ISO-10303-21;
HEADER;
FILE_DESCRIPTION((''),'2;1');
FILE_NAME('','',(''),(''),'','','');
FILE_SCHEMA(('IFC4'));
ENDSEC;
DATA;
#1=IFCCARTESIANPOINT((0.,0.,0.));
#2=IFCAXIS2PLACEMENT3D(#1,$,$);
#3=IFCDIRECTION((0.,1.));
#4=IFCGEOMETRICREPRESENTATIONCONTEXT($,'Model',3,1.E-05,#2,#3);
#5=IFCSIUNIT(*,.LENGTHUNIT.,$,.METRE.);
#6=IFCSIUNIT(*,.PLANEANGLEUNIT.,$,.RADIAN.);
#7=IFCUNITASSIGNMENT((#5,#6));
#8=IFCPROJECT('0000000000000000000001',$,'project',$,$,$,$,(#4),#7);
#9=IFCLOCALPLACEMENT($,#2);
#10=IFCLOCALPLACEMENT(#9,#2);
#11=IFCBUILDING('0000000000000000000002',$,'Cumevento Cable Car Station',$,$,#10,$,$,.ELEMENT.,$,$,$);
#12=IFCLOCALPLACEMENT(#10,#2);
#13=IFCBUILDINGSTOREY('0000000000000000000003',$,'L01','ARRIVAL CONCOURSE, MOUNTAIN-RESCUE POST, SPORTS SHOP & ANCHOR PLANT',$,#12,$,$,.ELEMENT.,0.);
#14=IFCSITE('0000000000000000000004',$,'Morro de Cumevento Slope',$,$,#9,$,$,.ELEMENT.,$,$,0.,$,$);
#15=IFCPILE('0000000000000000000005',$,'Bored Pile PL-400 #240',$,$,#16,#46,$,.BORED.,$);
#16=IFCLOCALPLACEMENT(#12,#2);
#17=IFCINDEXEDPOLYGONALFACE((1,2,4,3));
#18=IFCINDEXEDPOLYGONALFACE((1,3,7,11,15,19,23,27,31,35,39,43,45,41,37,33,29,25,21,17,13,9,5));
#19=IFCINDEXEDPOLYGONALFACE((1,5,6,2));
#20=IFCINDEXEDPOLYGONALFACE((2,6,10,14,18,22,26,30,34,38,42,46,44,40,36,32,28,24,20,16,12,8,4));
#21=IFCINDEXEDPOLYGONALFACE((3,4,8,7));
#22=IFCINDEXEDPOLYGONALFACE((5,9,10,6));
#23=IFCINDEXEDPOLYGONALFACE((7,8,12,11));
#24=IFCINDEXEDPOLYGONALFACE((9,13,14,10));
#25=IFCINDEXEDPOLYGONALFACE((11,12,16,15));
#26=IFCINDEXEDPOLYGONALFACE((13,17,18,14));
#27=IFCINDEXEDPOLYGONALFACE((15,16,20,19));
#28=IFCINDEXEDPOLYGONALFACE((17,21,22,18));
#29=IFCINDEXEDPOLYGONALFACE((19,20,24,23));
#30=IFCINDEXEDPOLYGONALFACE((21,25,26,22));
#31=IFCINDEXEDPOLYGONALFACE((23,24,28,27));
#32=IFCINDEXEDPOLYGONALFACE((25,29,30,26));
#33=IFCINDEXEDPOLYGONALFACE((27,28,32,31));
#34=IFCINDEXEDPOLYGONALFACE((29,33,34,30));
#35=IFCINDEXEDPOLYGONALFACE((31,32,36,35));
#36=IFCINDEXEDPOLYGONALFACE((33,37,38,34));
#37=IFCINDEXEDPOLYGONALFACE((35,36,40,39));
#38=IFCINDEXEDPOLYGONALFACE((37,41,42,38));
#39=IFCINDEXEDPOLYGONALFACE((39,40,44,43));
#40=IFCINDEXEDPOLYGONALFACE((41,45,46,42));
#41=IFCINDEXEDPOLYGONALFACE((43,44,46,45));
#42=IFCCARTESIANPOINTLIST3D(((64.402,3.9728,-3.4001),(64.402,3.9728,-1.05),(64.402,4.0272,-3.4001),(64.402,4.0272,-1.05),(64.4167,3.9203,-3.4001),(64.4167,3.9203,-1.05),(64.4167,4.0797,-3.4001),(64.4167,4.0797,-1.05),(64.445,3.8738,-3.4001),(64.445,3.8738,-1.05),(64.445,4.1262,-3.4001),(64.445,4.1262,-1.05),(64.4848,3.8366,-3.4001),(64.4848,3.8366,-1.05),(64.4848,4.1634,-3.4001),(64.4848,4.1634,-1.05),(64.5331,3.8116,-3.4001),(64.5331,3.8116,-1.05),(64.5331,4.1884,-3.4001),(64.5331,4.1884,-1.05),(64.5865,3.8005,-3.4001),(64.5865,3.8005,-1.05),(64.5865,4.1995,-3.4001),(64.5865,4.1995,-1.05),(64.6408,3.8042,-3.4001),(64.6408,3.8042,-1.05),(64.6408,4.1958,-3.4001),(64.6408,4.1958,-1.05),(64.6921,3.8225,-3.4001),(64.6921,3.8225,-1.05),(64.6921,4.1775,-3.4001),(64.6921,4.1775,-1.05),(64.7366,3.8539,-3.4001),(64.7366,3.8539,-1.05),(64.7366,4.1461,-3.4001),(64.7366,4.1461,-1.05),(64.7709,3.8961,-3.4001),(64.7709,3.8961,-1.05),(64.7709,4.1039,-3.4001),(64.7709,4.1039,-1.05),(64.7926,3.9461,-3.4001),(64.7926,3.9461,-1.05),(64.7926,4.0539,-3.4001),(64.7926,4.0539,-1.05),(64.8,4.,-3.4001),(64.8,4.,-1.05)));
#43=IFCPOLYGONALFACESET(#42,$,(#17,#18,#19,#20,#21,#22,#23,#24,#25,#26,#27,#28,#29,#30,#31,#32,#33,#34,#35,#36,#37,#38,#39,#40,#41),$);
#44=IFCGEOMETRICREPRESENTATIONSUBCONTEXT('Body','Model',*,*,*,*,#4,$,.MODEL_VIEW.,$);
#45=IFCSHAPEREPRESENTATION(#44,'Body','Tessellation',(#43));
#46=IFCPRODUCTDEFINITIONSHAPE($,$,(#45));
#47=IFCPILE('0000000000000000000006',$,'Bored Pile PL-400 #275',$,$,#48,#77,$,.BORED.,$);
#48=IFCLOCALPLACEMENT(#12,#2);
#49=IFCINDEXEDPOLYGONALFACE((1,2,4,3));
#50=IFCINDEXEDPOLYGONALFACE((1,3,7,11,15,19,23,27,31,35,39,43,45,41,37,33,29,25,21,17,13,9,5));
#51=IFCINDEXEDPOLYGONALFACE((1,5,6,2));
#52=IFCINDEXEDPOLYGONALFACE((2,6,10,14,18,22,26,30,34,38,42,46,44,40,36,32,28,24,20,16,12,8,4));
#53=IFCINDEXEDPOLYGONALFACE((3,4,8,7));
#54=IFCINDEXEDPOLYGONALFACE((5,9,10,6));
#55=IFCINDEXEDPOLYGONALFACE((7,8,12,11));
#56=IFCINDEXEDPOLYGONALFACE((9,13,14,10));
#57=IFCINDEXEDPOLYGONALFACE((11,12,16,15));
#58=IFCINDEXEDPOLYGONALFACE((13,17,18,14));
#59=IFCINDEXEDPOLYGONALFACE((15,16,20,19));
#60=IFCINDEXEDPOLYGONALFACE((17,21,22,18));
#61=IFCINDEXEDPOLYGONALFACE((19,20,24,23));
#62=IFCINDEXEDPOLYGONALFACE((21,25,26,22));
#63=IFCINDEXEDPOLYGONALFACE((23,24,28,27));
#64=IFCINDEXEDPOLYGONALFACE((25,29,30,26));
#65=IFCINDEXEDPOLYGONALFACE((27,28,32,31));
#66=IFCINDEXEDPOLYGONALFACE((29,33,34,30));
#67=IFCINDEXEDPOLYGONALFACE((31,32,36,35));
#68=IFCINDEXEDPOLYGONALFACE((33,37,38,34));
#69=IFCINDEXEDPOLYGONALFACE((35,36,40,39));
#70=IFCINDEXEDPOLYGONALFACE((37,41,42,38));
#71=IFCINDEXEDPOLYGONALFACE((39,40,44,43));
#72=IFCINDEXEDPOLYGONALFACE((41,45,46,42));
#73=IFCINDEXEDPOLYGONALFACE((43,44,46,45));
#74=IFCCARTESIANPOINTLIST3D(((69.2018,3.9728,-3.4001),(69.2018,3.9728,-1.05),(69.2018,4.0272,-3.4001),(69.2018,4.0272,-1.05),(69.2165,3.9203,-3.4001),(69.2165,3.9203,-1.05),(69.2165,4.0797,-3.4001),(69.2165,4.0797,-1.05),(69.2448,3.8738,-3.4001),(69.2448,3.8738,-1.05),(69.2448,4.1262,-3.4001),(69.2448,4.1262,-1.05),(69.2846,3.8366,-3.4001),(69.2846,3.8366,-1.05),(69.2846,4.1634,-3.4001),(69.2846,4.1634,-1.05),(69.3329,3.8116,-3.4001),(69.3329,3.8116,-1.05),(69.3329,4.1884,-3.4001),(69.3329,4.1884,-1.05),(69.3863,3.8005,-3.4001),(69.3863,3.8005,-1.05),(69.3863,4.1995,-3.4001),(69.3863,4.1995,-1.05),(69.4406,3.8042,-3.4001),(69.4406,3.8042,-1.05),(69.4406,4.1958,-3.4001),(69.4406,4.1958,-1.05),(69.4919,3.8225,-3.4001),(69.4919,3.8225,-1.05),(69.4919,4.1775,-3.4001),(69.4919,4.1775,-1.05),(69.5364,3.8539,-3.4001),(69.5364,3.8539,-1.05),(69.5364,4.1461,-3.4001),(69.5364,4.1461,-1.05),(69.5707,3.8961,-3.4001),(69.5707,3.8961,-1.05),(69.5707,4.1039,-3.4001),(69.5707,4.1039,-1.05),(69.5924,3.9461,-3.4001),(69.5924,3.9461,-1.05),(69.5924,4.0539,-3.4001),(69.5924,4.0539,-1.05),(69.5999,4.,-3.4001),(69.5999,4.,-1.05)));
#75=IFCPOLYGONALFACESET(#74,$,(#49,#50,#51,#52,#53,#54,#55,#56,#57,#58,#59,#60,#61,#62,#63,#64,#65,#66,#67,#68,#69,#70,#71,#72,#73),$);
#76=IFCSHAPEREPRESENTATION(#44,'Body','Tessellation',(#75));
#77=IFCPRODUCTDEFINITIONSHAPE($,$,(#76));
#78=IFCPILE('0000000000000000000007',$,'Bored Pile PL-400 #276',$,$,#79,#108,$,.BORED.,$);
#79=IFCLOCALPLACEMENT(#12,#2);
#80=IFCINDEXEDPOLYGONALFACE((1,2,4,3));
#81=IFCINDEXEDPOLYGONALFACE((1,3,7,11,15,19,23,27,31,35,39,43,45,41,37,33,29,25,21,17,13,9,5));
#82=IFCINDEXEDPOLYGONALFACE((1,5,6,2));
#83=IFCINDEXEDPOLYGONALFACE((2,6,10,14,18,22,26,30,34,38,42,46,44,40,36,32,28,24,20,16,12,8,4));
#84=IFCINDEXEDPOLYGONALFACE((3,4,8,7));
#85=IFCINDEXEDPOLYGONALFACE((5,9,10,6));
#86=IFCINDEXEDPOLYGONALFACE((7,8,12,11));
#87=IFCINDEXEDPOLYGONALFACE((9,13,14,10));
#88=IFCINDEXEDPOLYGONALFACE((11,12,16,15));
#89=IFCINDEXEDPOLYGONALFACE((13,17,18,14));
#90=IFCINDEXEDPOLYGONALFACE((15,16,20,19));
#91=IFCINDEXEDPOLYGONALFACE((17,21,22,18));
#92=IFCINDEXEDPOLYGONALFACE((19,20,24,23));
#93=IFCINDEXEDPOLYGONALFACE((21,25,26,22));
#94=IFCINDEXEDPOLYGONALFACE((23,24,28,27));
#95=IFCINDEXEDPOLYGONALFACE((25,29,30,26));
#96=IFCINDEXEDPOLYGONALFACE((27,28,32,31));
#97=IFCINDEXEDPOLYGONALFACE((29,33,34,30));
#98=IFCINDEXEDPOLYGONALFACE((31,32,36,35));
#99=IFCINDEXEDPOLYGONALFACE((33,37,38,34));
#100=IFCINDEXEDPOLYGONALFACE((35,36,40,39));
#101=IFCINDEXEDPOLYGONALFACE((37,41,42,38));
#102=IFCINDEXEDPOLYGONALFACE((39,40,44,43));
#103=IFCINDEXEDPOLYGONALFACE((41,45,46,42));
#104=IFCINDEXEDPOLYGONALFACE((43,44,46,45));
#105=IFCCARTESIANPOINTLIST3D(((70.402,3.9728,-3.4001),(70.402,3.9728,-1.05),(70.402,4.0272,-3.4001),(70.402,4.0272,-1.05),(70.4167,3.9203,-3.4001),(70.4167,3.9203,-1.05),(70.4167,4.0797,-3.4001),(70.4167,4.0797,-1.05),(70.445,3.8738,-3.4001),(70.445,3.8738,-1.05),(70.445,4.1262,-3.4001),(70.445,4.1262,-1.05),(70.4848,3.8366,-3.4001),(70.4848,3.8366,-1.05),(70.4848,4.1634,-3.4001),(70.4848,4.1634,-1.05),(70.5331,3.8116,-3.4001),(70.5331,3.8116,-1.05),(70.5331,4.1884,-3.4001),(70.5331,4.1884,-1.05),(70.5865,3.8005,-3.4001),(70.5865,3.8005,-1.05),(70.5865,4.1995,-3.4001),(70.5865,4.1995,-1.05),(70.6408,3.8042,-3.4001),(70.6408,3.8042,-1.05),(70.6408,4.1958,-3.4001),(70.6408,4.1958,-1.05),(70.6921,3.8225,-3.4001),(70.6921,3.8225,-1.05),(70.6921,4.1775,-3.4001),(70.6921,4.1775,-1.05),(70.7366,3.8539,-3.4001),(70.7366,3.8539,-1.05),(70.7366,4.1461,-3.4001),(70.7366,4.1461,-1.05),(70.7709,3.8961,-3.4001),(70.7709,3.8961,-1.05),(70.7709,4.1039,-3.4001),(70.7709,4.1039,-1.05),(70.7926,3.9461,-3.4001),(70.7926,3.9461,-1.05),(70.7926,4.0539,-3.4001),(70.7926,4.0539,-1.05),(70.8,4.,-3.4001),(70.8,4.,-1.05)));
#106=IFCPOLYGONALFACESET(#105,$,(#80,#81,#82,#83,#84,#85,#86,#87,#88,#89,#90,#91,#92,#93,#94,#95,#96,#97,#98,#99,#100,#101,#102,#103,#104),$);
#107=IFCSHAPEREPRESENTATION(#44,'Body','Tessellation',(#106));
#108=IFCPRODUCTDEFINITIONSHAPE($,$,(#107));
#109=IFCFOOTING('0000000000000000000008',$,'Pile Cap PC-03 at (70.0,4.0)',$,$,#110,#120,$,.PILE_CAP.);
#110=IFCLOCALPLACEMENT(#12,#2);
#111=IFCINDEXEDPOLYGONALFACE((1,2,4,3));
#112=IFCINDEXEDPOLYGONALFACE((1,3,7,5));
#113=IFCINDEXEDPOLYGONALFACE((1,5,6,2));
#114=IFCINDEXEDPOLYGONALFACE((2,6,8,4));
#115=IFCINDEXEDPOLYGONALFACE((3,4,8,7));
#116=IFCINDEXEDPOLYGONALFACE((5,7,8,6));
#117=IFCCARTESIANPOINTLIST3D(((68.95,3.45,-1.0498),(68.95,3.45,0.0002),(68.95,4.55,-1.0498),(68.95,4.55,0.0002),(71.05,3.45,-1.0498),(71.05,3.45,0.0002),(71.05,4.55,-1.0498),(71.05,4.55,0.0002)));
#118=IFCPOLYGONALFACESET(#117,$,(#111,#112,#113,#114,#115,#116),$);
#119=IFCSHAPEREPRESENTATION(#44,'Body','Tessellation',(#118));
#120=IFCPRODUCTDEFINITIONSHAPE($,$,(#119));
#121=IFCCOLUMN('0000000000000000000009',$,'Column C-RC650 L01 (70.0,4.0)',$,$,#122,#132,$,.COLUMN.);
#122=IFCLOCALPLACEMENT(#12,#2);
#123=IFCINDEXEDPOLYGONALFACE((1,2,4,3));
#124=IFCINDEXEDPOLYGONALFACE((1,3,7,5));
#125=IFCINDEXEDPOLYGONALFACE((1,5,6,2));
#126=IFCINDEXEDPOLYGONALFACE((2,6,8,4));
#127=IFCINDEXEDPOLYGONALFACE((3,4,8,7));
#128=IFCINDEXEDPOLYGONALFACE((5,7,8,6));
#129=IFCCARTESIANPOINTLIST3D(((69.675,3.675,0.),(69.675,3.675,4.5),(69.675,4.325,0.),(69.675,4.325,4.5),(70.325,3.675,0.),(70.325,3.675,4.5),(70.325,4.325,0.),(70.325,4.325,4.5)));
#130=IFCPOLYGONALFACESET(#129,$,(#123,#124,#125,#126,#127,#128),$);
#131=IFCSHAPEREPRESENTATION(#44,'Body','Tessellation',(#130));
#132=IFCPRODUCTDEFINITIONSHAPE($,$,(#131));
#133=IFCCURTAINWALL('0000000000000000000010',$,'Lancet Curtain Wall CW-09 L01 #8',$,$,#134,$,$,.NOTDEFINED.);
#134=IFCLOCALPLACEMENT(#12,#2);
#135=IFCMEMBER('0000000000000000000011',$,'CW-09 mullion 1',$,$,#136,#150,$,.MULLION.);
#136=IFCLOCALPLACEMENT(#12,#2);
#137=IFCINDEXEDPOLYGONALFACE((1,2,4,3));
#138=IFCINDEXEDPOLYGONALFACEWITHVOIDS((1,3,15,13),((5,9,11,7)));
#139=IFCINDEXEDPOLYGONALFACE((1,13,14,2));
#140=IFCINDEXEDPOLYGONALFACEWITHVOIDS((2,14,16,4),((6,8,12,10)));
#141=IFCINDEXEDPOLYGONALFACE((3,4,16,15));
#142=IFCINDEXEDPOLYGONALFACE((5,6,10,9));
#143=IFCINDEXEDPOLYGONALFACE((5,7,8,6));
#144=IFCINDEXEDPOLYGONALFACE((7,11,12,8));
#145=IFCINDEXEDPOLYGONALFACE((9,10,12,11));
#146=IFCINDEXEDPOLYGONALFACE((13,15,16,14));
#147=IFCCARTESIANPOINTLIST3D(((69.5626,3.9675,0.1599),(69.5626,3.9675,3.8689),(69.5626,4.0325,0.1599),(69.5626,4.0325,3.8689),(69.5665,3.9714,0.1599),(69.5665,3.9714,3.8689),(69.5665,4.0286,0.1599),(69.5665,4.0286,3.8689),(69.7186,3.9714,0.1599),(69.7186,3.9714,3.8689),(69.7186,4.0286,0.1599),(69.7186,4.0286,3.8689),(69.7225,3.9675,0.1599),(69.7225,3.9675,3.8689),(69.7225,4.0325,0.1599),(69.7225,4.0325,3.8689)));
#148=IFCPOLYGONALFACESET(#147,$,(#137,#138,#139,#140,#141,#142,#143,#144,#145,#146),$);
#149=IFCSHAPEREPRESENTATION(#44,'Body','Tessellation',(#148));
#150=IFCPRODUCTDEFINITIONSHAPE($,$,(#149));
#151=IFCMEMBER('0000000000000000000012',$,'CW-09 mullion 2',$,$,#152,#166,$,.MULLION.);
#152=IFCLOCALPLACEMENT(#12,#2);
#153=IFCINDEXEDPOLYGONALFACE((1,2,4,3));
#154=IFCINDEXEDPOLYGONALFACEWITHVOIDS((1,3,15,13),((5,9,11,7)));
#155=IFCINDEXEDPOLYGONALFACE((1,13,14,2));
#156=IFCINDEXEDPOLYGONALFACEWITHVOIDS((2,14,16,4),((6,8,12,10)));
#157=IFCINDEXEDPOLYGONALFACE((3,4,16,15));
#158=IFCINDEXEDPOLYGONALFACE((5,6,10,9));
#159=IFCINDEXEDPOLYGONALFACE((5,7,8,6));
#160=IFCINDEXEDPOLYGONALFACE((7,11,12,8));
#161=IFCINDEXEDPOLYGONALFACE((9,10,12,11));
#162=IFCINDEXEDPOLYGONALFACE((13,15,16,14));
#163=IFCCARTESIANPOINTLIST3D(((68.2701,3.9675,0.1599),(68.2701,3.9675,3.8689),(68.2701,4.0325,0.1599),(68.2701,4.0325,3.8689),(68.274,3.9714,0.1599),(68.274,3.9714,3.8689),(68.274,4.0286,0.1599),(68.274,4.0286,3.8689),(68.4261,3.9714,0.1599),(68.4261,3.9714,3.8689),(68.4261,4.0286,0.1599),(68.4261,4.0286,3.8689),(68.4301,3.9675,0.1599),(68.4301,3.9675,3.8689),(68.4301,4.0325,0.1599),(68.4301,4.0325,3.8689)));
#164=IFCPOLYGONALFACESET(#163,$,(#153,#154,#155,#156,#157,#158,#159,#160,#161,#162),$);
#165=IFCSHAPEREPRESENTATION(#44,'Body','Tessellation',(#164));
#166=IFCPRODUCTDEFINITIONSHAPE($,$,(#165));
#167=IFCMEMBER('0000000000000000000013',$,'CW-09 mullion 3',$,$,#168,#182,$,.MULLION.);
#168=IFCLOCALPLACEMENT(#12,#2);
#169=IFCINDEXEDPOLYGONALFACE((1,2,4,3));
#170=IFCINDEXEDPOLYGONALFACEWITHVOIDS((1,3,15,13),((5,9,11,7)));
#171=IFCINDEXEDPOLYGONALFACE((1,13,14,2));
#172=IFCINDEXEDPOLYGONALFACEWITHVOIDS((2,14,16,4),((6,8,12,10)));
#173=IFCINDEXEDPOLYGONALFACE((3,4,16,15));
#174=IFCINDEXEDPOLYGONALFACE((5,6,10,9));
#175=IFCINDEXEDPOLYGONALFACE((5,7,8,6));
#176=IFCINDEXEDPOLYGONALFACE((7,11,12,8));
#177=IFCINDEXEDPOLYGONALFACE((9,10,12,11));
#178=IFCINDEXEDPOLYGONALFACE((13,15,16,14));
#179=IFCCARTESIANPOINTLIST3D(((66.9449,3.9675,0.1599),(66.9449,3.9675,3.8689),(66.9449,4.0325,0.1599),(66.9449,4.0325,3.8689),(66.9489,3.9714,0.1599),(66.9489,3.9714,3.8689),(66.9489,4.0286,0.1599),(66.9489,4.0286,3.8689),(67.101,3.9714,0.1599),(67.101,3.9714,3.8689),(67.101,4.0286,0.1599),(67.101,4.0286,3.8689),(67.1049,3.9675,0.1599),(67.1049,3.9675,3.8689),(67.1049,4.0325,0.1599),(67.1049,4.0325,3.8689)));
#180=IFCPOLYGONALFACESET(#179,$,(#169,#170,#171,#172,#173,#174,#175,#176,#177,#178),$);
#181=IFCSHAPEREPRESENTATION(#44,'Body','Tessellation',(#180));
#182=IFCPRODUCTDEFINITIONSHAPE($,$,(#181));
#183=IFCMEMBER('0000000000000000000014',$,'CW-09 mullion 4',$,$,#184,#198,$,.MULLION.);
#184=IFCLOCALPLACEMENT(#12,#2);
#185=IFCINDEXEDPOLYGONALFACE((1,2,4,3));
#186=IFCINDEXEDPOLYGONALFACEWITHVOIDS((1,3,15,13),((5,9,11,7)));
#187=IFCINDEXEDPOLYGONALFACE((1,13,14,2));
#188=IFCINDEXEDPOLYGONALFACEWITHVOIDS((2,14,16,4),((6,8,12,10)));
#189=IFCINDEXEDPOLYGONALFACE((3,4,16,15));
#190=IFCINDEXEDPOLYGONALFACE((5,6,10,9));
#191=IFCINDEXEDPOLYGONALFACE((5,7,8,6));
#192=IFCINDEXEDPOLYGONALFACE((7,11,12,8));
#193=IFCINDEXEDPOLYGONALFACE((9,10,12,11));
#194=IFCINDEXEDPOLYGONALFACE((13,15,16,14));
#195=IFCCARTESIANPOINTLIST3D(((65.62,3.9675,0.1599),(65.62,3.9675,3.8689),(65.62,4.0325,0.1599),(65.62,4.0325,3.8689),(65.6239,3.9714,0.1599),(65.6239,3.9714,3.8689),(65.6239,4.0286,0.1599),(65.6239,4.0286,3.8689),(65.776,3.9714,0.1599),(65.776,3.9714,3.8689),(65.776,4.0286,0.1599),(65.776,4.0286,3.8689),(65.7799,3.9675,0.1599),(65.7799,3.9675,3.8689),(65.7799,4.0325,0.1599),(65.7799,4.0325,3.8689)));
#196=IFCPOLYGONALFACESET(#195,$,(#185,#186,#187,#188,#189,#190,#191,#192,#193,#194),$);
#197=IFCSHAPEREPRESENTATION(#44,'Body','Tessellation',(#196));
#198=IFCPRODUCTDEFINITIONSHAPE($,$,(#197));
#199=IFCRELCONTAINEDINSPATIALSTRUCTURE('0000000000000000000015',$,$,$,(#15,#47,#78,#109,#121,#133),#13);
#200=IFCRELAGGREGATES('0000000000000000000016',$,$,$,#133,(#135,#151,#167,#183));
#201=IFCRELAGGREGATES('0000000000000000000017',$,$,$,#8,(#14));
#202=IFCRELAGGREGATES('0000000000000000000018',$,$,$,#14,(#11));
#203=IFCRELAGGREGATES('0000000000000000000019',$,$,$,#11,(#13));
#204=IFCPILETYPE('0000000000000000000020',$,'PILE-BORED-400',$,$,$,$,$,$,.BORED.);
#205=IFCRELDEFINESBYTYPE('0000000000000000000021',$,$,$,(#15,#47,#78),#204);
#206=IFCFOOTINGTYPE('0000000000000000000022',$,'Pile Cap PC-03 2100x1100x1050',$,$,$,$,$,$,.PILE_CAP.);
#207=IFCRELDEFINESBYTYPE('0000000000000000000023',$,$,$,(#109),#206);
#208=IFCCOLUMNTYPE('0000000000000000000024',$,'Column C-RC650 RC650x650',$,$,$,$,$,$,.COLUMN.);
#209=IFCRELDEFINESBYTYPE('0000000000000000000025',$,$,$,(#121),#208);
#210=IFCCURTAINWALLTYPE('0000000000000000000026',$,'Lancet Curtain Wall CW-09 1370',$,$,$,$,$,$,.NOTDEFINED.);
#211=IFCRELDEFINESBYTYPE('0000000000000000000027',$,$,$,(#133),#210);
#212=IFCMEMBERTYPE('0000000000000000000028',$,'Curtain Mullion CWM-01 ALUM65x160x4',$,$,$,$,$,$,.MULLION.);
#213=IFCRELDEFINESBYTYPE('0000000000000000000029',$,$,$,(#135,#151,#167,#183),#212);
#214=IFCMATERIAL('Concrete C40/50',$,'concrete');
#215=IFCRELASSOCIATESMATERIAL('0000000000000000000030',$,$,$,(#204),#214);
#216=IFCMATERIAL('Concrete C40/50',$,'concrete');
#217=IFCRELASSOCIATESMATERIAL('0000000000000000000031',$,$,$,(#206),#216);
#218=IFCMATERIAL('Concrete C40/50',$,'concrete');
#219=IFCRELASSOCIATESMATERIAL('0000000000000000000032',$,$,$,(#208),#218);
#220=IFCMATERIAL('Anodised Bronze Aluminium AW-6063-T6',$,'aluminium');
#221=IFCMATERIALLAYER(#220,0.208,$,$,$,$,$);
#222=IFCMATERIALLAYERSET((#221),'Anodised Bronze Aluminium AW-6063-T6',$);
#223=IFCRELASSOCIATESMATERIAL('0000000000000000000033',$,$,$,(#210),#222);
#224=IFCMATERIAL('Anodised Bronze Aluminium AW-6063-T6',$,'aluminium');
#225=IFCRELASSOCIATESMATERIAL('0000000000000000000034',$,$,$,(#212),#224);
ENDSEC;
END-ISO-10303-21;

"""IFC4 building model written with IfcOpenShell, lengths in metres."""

from ifc_helpers import new_model, si_unit, direction, frame, origin, origin_2d, place, context, subcontext, project, spatial, rectangle, hollow_rectangle, circle, extrude, material, layer, layer_set, material_profile, profile_set, type_object, element, aggregate, save


model = new_model("IFC4")

# Units and contexts
model_context = context("Model", 3, precision=1e-05, world=origin(), true_north=direction((0.0, 1.0)))
body_context = subcontext(model_context, "Body", "Model", "MODEL_VIEW")
ifc_project = project(units=[si_unit("LENGTHUNIT", "METRE"), si_unit("PLANEANGLEUNIT", "RADIAN")], contexts=[model_context])

# Site, building, storey
site_placement = place(None, origin())
site = spatial("IfcSite", under=ifc_project, at=site_placement, Name="Morro de Cumevento Slope", CompositionType="ELEMENT", RefElevation=0.0)
building_placement = place(site_placement, origin())
building = spatial("IfcBuilding", under=site, at=building_placement, Name="Cumevento Cable Car Station", CompositionType="ELEMENT")
storey_placement = place(building_placement, origin())
storey = spatial("IfcBuildingStorey", under=building, at=storey_placement, Name="L01", Description="ARRIVAL CONCOURSE, MOUNTAIN-RESCUE POST, SPORTS SHOP & ANCHOR PLANT", CompositionType="ELEMENT", Elevation=0.0)

# Piles
ifc_material_1 = material(Name="Concrete C40/50", Category="concrete")
ifc_material_profile_1 = material_profile(ifc_material_1, circle(Radius=0.2, at=origin_2d()), Name="PILE-D400")
ifc_profile_set_1 = profile_set([ifc_material_profile_1], Name="Concrete C40/50")
pile_type = type_object("IfcPileType", Name="PILE-BORED-400", PredefinedType="BORED", material=ifc_profile_set_1)
for number, where, z_axis, x_axis, name in (
    (1, (64.6001, 4.0, -1.05), (0.0, 0.0, -1.0), (1.0, 0.0, 0.0), "Bored Pile PL-400 #240"),
    (2, (69.3999, 4.0, -1.05), (0.0, 0.0, -1.0), (1.0, 0.0, 0.0), "Bored Pile PL-400 #275"),
    (3, (70.6001, 4.0, -1.05), (0.0, 0.0, -1.0), (1.0, 0.0, 0.0), "Bored Pile PL-400 #276"),
):
    element("IfcPile", number, at=place(storey_placement, frame(where, z_axis=z_axis, x_axis=x_axis)), inside=storey, type_object=pile_type, Name=name, PredefinedType="BORED", context=body_context, shape_type="SweptSolid", body=[
        extrude(circle(Radius=0.2, at=origin_2d()), origin(), (0.0, 0.0, 1.0), 2.3501),
    ])

# Footing
ifc_material_2 = material(Name="Concrete C40/50", Category="concrete")
footing_type = type_object("IfcFootingType", Name="Pile Cap PC-03 2100x1100x1050", PredefinedType="PILE_CAP", material=ifc_material_2)
footing_placement = place(storey_placement, frame((70.0, 4.0, -1.0498), z_axis=(0.0, 0.0, 1.0), x_axis=(1.0, 0.0, 0.0)))
element("IfcFooting", 4, at=footing_placement, inside=storey, type_object=footing_type, Name="Pile Cap PC-03 at (70.0,4.0)", PredefinedType="PILE_CAP", context=body_context, shape_type="SweptSolid", body=[
    extrude(rectangle(XDim=2.1001, YDim=1.1001, at=origin_2d()), origin(), (0.0, 0.0, 1.0), 1.05),
])

# Column
ifc_material_3 = material(Name="Concrete C40/50", Category="concrete")
ifc_material_profile_2 = material_profile(ifc_material_3, rectangle(XDim=0.6499, YDim=0.6499, at=origin_2d()), Name="RC650x650")
ifc_profile_set_2 = profile_set([ifc_material_profile_2], Name="Concrete C40/50")
column_type = type_object("IfcColumnType", Name="Column C-RC650 RC650x650", PredefinedType="COLUMN", material=ifc_profile_set_2)
column_placement = place(storey_placement, frame((70.0, 4.0, 0.0), z_axis=(0.0, 0.0, 1.0), x_axis=(1.0, 0.0, 0.0)))
element("IfcColumn", 5, at=column_placement, inside=storey, type_object=column_type, Name="Column C-RC650 L01 (70.0,4.0)", PredefinedType="COLUMN", context=body_context, shape_type="SweptSolid", body=[
    extrude(rectangle(XDim=0.6499, YDim=0.6499, at=origin_2d()), origin(), (0.0, 0.0, 1.0), 4.5),
])

# Curtain wall, members
ifc_material_4 = material(Name="Anodised Bronze Aluminium AW-6063-T6", Category="aluminium")
ifc_layer_1 = layer(ifc_material_4, 0.208)
ifc_layer_set_1 = layer_set([ifc_layer_1], Name="Anodised Bronze Aluminium AW-6063-T6")
curtain_wall_type = type_object("IfcCurtainWallType", Name="Lancet Curtain Wall CW-09 1370", PredefinedType="NOTDEFINED", material=ifc_layer_set_1)
curtain_wall_placement = place(storey_placement, origin())
curtain_wall = element("IfcCurtainWall", 6, at=curtain_wall_placement, inside=storey, type_object=curtain_wall_type, Name="Lancet Curtain Wall CW-09 L01 #8", PredefinedType="NOTDEFINED")
ifc_material_5 = material(Name="Anodised Bronze Aluminium AW-6063-T6", Category="aluminium")
ifc_material_profile_3 = material_profile(ifc_material_5, hollow_rectangle(XDim=0.0649, YDim=0.1599, WallThickness=0.0039, at=origin_2d()), Name="ALUM65x160x4")
ifc_profile_set_3 = profile_set([ifc_material_profile_3], Name="Anodised Bronze Aluminium AW-6063-T6")
member_type_1 = type_object("IfcMemberType", Name="Curtain Mullion CWM-01 ALUM65x160x4", PredefinedType="MULLION", material=ifc_profile_set_3)
member_1_placement = place(storey_placement, frame((69.6426, 4.0, 0.1599), z_axis=(0.0, 0.0, 1.0), x_axis=(0.0, -1.0, 0.0)))
member_1 = element("IfcMember", 7, at=member_1_placement, type_object=member_type_1, Name="CW-09 mullion 1", PredefinedType="MULLION", context=body_context, shape_type="SweptSolid", body=[
    extrude(hollow_rectangle(XDim=0.0649, YDim=0.1599, WallThickness=0.0039, at=origin_2d()), origin(), (0.0, 0.0, 1.0), 3.709),
])
member_2_placement = place(storey_placement, frame((68.3501, 4.0, 0.1599), z_axis=(0.0, 0.0, 1.0), x_axis=(0.0, -1.0, 0.0)))
member_2 = element("IfcMember", 8, at=member_2_placement, type_object=member_type_1, Name="CW-09 mullion 2", PredefinedType="MULLION", context=body_context, shape_type="SweptSolid", body=[
    extrude(hollow_rectangle(XDim=0.0649, YDim=0.1599, WallThickness=0.0039, at=origin_2d()), origin(), (0.0, 0.0, 1.0), 3.709),
])
member_3_placement = place(storey_placement, frame((67.0249, 4.0, 0.1599), z_axis=(0.0, 0.0, 1.0), x_axis=(0.0, -1.0, 0.0)))
member_3 = element("IfcMember", 9, at=member_3_placement, type_object=member_type_1, Name="CW-09 mullion 3", PredefinedType="MULLION", context=body_context, shape_type="SweptSolid", body=[
    extrude(hollow_rectangle(XDim=0.0649, YDim=0.1599, WallThickness=0.0039, at=origin_2d()), origin(), (0.0, 0.0, 1.0), 3.709),
])
member_4_placement = place(storey_placement, frame((65.7, 4.0, 0.1599), z_axis=(0.0, 0.0, 1.0), x_axis=(0.0, -1.0, 0.0)))
member_4 = element("IfcMember", 10, at=member_4_placement, type_object=member_type_1, Name="CW-09 mullion 4", PredefinedType="MULLION", context=body_context, shape_type="SweptSolid", body=[
    extrude(hollow_rectangle(XDim=0.0649, YDim=0.1599, WallThickness=0.0039, at=origin_2d()), origin(), (0.0, 0.0, 1.0), 3.709),
])
aggregate(curtain_wall, [member_1, member_2, member_3, member_4])

save(model, "model.ifc")
